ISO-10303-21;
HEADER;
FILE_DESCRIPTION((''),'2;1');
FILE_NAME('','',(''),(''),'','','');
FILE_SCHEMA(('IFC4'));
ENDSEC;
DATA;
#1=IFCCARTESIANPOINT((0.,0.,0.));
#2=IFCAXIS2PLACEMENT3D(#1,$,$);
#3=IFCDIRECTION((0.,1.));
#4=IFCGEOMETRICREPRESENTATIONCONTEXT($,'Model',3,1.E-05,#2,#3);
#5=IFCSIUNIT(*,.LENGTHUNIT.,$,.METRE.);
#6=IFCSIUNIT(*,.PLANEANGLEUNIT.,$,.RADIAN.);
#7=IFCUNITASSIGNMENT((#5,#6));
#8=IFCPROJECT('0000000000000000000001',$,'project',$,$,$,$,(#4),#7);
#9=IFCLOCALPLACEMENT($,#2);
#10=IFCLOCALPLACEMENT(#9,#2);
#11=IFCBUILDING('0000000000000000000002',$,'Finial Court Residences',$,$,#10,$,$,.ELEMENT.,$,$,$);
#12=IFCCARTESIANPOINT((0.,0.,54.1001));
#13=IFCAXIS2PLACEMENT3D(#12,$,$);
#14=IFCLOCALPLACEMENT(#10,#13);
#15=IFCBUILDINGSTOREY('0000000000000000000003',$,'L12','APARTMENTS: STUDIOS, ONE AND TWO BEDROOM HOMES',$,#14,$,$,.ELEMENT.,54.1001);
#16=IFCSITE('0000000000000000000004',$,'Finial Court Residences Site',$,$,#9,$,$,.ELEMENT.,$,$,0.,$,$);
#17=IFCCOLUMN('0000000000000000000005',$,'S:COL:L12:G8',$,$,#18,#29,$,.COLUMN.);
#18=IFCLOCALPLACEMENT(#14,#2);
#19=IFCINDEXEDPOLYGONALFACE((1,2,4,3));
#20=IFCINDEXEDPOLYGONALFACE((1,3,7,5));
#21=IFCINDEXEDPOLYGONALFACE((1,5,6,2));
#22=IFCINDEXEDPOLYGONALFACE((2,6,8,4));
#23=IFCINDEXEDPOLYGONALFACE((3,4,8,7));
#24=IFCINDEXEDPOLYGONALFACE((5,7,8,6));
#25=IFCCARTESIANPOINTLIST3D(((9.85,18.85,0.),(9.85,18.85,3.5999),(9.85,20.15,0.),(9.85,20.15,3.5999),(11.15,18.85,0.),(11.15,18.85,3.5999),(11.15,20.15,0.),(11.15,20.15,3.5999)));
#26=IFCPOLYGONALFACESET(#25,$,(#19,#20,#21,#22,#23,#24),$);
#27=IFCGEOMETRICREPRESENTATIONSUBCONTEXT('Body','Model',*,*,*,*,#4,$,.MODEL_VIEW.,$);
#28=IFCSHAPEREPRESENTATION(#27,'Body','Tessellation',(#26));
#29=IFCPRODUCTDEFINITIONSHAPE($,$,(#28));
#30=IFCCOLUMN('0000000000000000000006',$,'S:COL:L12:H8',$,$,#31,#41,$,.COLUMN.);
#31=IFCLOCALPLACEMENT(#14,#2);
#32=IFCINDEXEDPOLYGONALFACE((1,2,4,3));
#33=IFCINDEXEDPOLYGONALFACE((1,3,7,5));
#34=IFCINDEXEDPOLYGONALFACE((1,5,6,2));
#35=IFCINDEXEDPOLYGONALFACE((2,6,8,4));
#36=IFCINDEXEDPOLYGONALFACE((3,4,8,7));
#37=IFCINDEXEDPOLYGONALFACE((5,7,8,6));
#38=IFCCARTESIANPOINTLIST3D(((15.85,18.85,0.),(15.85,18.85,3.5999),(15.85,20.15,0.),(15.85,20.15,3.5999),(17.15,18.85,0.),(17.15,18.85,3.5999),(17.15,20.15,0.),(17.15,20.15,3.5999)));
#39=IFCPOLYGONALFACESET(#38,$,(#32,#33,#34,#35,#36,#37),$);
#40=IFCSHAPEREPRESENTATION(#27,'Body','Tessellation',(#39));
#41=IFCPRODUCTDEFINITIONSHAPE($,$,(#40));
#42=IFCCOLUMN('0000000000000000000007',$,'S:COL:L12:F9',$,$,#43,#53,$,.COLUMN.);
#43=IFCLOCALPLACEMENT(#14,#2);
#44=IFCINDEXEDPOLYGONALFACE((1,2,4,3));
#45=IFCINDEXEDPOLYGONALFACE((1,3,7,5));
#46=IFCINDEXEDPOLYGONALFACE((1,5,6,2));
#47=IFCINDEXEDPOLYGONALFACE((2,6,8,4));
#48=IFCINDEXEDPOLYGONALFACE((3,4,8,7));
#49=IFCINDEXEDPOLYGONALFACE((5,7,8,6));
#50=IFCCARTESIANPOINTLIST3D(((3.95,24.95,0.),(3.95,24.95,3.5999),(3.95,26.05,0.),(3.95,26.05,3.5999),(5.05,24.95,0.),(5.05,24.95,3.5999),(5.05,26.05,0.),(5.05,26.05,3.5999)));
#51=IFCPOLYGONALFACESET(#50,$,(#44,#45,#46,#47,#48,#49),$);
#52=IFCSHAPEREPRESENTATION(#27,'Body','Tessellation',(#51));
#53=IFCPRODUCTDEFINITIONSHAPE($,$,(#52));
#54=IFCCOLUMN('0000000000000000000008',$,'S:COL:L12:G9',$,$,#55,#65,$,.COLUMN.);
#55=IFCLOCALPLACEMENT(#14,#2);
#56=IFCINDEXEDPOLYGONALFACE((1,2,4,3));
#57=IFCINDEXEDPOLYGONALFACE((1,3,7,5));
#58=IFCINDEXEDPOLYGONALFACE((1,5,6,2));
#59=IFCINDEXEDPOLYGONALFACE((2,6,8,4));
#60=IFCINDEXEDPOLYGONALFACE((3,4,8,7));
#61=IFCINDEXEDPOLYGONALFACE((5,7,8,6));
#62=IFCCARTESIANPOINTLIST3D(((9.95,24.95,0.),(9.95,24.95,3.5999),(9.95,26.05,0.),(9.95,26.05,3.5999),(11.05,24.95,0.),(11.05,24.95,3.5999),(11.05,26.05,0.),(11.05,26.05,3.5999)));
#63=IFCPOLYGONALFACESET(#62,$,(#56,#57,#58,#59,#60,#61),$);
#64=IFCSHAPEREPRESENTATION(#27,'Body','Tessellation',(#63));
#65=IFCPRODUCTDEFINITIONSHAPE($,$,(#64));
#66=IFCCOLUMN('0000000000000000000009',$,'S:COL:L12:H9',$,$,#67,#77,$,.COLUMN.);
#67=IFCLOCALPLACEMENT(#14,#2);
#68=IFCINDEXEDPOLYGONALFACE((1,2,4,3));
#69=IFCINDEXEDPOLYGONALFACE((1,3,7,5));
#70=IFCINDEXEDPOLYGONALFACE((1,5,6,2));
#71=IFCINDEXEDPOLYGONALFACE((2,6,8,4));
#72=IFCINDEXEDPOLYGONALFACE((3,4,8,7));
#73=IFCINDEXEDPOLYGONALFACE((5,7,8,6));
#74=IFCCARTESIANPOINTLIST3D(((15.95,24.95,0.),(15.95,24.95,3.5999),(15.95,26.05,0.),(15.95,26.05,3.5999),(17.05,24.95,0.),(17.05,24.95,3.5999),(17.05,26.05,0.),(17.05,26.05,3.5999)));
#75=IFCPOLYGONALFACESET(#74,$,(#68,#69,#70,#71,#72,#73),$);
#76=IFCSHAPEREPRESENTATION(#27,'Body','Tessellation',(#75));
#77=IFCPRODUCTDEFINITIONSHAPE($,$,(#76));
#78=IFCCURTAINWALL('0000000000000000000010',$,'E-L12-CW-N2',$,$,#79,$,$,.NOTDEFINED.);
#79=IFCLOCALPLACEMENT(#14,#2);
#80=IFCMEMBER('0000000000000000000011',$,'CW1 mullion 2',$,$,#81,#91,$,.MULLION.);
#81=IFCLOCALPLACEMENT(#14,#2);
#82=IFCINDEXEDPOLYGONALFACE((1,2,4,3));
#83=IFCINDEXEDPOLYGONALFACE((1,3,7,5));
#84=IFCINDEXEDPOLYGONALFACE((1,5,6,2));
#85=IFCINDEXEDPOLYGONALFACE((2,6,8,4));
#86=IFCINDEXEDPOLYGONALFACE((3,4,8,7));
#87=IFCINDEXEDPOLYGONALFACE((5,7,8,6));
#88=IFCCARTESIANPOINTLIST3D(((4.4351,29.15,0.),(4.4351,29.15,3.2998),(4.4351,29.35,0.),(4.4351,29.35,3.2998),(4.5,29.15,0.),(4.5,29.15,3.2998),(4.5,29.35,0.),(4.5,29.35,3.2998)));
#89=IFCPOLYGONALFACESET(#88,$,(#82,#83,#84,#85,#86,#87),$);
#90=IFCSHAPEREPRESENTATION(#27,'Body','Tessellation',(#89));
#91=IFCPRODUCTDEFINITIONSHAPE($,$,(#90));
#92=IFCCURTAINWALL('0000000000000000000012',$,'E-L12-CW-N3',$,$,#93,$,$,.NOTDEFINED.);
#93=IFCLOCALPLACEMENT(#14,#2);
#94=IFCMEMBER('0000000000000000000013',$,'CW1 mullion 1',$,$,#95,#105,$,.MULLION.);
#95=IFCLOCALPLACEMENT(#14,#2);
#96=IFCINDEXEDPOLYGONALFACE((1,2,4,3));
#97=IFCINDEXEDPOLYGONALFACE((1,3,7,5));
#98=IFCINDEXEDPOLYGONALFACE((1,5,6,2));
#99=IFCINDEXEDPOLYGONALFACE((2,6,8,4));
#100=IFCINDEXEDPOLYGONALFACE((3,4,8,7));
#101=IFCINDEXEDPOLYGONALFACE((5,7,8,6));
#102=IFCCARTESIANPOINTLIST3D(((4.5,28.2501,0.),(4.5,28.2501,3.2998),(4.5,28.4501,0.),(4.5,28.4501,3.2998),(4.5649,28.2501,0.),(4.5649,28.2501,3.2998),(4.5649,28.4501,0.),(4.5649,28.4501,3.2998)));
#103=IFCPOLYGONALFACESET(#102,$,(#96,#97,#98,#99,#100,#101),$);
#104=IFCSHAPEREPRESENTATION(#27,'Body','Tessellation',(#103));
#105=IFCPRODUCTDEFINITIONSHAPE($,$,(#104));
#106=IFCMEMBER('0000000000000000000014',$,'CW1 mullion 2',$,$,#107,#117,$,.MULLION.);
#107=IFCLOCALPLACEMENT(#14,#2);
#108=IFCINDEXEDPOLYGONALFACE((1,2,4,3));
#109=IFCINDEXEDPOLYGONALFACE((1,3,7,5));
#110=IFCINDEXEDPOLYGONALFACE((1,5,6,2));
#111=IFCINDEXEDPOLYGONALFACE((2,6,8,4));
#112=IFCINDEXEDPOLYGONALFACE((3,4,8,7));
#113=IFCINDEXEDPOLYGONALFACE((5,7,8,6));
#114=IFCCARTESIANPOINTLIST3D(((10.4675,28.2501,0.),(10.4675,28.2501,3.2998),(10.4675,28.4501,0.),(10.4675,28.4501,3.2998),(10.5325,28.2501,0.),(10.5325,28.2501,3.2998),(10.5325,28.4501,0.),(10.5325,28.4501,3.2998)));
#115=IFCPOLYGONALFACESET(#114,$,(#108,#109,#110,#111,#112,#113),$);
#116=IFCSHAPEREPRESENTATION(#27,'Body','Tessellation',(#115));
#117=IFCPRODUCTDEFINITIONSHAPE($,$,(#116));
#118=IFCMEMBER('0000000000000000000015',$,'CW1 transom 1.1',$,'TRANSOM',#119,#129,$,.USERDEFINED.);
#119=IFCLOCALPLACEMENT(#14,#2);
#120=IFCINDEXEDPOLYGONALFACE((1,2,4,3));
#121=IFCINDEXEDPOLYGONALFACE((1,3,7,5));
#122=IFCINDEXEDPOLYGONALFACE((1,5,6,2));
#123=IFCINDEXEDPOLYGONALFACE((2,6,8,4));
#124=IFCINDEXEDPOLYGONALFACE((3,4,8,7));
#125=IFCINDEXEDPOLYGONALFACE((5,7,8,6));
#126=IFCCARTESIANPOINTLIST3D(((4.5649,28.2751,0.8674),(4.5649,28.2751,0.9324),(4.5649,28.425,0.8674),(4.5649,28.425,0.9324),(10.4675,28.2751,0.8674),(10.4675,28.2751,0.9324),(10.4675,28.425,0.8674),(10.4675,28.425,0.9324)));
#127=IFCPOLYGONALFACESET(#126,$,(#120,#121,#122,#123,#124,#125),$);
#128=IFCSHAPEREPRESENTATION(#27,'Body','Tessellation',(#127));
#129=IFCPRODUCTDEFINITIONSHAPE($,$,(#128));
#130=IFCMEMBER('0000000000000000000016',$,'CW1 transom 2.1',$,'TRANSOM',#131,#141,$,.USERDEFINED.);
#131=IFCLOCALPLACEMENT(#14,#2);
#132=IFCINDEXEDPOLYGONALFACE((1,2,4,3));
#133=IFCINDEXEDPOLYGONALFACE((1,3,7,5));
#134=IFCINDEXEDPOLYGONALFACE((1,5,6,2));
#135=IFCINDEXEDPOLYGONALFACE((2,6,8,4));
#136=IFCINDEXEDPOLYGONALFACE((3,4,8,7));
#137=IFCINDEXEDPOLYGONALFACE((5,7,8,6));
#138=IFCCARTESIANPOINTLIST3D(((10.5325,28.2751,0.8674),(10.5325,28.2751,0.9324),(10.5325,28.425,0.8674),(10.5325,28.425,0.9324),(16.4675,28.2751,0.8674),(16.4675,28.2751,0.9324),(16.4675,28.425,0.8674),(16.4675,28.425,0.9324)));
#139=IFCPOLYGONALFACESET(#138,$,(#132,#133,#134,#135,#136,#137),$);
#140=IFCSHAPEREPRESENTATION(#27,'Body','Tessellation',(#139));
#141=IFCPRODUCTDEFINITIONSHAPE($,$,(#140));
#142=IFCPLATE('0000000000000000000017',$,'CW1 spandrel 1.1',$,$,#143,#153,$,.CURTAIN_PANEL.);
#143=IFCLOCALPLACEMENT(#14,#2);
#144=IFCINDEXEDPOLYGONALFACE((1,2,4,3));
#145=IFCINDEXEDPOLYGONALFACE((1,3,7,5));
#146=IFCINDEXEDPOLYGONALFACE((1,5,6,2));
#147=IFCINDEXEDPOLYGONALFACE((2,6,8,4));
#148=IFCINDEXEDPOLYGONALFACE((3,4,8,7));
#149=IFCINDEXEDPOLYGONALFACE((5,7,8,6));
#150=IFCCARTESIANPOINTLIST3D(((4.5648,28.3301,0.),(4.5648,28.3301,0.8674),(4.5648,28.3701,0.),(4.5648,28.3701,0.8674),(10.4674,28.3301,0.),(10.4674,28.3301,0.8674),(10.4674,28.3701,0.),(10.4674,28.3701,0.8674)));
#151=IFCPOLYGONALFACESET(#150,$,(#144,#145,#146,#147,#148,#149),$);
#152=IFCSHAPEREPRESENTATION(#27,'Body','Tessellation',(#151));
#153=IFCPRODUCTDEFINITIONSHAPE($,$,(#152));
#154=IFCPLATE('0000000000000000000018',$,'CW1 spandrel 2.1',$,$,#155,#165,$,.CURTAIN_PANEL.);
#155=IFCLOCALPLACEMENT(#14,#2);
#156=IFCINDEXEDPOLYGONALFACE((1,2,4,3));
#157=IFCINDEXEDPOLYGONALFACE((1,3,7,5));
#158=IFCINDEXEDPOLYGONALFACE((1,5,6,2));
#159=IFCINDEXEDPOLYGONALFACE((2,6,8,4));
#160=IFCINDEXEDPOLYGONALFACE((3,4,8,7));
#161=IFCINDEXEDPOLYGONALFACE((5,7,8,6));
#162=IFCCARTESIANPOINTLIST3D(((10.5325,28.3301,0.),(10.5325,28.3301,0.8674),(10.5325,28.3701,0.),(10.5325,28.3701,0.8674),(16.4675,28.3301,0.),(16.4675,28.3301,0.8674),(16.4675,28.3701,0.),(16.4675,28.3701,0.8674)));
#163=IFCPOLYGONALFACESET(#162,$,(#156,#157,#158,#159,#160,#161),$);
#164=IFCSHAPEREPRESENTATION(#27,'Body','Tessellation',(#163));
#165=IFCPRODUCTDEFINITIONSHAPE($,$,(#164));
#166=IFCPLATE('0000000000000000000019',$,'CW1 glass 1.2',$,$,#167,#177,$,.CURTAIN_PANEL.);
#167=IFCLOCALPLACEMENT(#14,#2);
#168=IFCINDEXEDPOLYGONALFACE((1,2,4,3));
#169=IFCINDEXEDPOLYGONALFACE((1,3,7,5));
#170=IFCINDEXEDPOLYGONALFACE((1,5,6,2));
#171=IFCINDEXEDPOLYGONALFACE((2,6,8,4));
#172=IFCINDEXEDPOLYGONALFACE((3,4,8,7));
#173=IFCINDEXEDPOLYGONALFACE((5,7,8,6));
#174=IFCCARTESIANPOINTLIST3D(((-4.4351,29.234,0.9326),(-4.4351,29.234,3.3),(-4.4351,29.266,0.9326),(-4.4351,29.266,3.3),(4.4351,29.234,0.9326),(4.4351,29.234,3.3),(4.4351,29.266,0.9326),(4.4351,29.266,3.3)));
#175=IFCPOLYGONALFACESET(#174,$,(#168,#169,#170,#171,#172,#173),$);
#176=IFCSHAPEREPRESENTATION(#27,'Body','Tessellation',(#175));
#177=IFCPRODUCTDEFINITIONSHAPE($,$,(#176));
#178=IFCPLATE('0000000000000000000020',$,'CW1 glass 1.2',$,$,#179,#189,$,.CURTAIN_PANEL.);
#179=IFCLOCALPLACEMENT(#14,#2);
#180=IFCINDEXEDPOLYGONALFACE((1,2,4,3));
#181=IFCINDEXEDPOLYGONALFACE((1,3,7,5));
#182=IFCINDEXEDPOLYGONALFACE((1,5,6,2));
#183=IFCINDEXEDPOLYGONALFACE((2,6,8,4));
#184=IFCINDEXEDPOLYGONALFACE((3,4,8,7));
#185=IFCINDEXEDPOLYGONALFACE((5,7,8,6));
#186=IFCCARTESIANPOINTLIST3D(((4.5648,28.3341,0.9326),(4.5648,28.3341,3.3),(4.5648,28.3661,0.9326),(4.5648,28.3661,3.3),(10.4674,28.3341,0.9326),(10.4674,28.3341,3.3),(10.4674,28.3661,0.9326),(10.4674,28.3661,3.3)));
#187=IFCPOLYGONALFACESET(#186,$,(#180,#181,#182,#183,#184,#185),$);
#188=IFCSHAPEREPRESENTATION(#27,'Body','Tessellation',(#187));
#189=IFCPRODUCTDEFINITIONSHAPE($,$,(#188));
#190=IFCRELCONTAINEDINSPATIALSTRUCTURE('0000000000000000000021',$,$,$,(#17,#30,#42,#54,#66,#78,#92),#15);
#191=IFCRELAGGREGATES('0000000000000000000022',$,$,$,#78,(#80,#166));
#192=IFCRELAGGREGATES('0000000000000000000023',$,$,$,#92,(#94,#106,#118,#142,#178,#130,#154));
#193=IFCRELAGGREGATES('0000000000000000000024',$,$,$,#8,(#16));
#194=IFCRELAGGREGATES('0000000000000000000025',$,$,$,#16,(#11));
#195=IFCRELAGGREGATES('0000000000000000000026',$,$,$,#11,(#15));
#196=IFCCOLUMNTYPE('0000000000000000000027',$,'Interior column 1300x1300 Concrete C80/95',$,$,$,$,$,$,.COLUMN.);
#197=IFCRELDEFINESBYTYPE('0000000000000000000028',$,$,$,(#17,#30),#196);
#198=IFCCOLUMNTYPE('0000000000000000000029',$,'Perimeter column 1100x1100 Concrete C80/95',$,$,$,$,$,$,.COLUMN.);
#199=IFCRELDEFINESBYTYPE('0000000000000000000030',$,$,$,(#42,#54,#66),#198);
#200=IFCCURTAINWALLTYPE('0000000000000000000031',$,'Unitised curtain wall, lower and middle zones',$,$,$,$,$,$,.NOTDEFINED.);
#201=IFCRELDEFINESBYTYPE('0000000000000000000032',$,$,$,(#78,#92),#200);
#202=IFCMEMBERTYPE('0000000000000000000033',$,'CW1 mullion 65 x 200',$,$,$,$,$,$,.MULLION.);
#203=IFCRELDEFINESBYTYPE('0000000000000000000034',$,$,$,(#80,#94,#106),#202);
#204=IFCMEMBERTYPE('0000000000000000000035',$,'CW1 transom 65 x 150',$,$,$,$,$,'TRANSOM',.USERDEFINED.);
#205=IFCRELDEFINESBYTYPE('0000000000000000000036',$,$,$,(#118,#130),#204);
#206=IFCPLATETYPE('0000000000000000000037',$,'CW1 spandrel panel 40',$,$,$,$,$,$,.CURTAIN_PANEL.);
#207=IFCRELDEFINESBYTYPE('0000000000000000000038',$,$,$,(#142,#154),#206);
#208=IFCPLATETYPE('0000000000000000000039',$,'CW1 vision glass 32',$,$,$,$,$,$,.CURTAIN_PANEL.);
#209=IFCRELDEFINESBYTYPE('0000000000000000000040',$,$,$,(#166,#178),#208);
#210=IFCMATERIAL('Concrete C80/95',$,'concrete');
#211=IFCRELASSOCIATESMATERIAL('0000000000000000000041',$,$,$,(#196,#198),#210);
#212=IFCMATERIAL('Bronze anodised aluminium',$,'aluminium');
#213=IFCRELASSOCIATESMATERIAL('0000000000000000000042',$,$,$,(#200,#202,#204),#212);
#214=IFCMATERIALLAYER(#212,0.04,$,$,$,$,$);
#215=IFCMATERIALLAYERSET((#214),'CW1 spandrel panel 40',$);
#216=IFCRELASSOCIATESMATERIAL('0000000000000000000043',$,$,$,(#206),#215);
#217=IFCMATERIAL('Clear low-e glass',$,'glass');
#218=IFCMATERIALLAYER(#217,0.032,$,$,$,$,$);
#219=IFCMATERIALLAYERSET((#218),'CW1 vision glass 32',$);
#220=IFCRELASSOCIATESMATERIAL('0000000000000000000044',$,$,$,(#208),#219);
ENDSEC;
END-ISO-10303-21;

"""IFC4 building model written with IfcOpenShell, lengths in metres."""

from ifc_helpers import new_model, si_unit, direction, frame, origin, origin_2d, place, context, subcontext, project, spatial, rectangle, extrude, material, layer, layer_set, material_profile, profile_set, type_object, element, aggregate, save


model = new_model("IFC4")

# Units and contexts
model_context = context("Model", 3, precision=1e-05, world=origin(), true_north=direction((0.0, 1.0)))
body_context = subcontext(model_context, "Body", "Model", "MODEL_VIEW")
ifc_project = project(units=[si_unit("LENGTHUNIT", "METRE"), si_unit("PLANEANGLEUNIT", "RADIAN")], contexts=[model_context])

# Site, building, storey
site_placement = place(None, origin())
site = spatial("IfcSite", under=ifc_project, at=site_placement, Name="Finial Court Residences Site", CompositionType="ELEMENT", RefElevation=0.0)
building_placement = place(site_placement, origin())
building = spatial("IfcBuilding", under=site, at=building_placement, Name="Finial Court Residences", CompositionType="ELEMENT")
storey_placement = place(building_placement, frame((0.0, 0.0, 54.1001)))
storey = spatial("IfcBuildingStorey", under=building, at=storey_placement, Name="L12", Description="APARTMENTS: STUDIOS, ONE AND TWO BEDROOM HOMES", CompositionType="ELEMENT", Elevation=54.1001)

# Columns
ifc_material_1 = material(Name="Concrete C80/95", Category="concrete")
ifc_material_profile_1 = material_profile(ifc_material_1, rectangle(XDim=1.3, YDim=1.3, at=origin_2d()), Name="1300x1300")
ifc_profile_set_1 = profile_set([ifc_material_profile_1], Name="Concrete C80/95")
column_type_1 = type_object("IfcColumnType", Name="Interior column 1300x1300 Concrete C80/95", PredefinedType="COLUMN", material=ifc_profile_set_1)
for number, where, z_axis, x_axis, name in (
    (1, (10.5, 19.5, 0.0), (0.0, 0.0, 1.0), (1.0, 0.0, 0.0), "S:COL:L12:G8"),
    (2, (16.5, 19.5, 0.0), (0.0, 0.0, 1.0), (1.0, 0.0, 0.0), "S:COL:L12:H8"),
):
    element("IfcColumn", number, at=place(storey_placement, frame(where, z_axis=z_axis, x_axis=x_axis)), inside=storey, type_object=column_type_1, Name=name, PredefinedType="COLUMN", context=body_context, shape_type="SweptSolid", body=[
        extrude(rectangle(XDim=1.3, YDim=1.3, at=origin_2d()), origin(), (0.0, 0.0, 1.0), 3.5999),
    ])
ifc_material_profile_2 = material_profile(ifc_material_1, rectangle(XDim=1.1001, YDim=1.1001, at=origin_2d()), Name="1100x1100")
ifc_profile_set_2 = profile_set([ifc_material_profile_2], Name="Concrete C80/95")
column_type_2 = type_object("IfcColumnType", Name="Perimeter column 1100x1100 Concrete C80/95", PredefinedType="COLUMN", material=ifc_profile_set_2)
for number, where, z_axis, x_axis, name in (
    (3, (4.5, 25.5, 0.0), (0.0, 0.0, 1.0), (1.0, 0.0, 0.0), "S:COL:L12:F9"),
    (4, (10.5, 25.5, 0.0), (0.0, 0.0, 1.0), (1.0, 0.0, 0.0), "S:COL:L12:G9"),
    (5, (16.5, 25.5, 0.0), (0.0, 0.0, 1.0), (1.0, 0.0, 0.0), "S:COL:L12:H9"),
):
    element("IfcColumn", number, at=place(storey_placement, frame(where, z_axis=z_axis, x_axis=x_axis)), inside=storey, type_object=column_type_2, Name=name, PredefinedType="COLUMN", context=body_context, shape_type="SweptSolid", body=[
        extrude(rectangle(XDim=1.1001, YDim=1.1001, at=origin_2d()), origin(), (0.0, 0.0, 1.0), 3.5999),
    ])

# Curtain wall, member
ifc_material_2 = material(Name="Bronze anodised aluminium", Category="aluminium")
curtain_wall_type = type_object("IfcCurtainWallType", Name="Unitised curtain wall, lower and middle zones", PredefinedType="NOTDEFINED", material=ifc_material_2)
curtain_wall_1_placement = place(storey_placement, origin())
curtain_wall_1 = element("IfcCurtainWall", 6, at=curtain_wall_1_placement, inside=storey, type_object=curtain_wall_type, Name="E-L12-CW-N2", PredefinedType="NOTDEFINED")
ifc_material_profile_3 = material_profile(ifc_material_2, rectangle(XDim=0.2, YDim=0.0649, at=origin_2d()), Name="CW1 mullion 65 x 200")
ifc_profile_set_3 = profile_set([ifc_material_profile_3], Name="Bronze anodised aluminium")
member_type_1 = type_object("IfcMemberType", Name="CW1 mullion 65 x 200", PredefinedType="MULLION", material=ifc_profile_set_3)
member_1_placement = place(storey_placement, frame((4.4675, 29.25, 0.0), z_axis=(0.0, 0.0, 1.0), x_axis=(0.0, 1.0, 0.0)))
member_1 = element("IfcMember", 7, at=member_1_placement, type_object=member_type_1, Name="CW1 mullion 2", PredefinedType="MULLION", context=body_context, shape_type="SweptSolid", body=[
    extrude(rectangle(XDim=0.2, YDim=0.0649, at=origin_2d()), origin(), (0.0, 0.0, 1.0), 3.2998),
])

# Curtain wall, members, plates
curtain_wall_2_placement = place(storey_placement, origin())
curtain_wall_2 = element("IfcCurtainWall", 8, at=curtain_wall_2_placement, inside=storey, type_object=curtain_wall_type, Name="E-L12-CW-N3", PredefinedType="NOTDEFINED")
member_2_placement = place(storey_placement, frame((4.5325, 28.3501, 0.0), z_axis=(0.0, 0.0, 1.0), x_axis=(0.0, 1.0, 0.0)))
member_2 = element("IfcMember", 9, at=member_2_placement, type_object=member_type_1, Name="CW1 mullion 1", PredefinedType="MULLION", context=body_context, shape_type="SweptSolid", body=[
    extrude(rectangle(XDim=0.2, YDim=0.0649, at=origin_2d()), origin(), (0.0, 0.0, 1.0), 3.2998),
])
member_3_placement = place(storey_placement, frame((10.5, 28.3501, 0.0), z_axis=(0.0, 0.0, 1.0), x_axis=(0.0, 1.0, 0.0)))
member_3 = element("IfcMember", 10, at=member_3_placement, type_object=member_type_1, Name="CW1 mullion 2", PredefinedType="MULLION", context=body_context, shape_type="SweptSolid", body=[
    extrude(rectangle(XDim=0.2, YDim=0.0649, at=origin_2d()), origin(), (0.0, 0.0, 1.0), 3.2998),
])
ifc_material_profile_4 = material_profile(ifc_material_2, rectangle(XDim=0.1499, YDim=0.0649, at=origin_2d()), Name="CW1 transom 65 x 150")
ifc_profile_set_4 = profile_set([ifc_material_profile_4], Name="Bronze anodised aluminium")
member_type_2 = type_object("IfcMemberType", Name="CW1 transom 65 x 150", ElementType="TRANSOM", PredefinedType="USERDEFINED", material=ifc_profile_set_4)
member_4_placement = place(storey_placement, frame((4.5649, 28.3501, 0.8999), z_axis=(1.0, 0.0, 0.0), x_axis=(0.0, 1.0, 0.0)))
member_4 = element("IfcMember", 11, at=member_4_placement, type_object=member_type_2, Name="CW1 transom 1.1", ObjectType="TRANSOM", PredefinedType="USERDEFINED", context=body_context, shape_type="SweptSolid", body=[
    extrude(rectangle(XDim=0.1499, YDim=0.0649, at=origin_2d()), origin(), (0.0, 0.0, 1.0), 5.9026),
])
member_5_placement = place(storey_placement, frame((10.5325, 28.3501, 0.8999), z_axis=(1.0, 0.0, 0.0), x_axis=(0.0, 1.0, 0.0)))
member_5 = element("IfcMember", 12, at=member_5_placement, type_object=member_type_2, Name="CW1 transom 2.1", ObjectType="TRANSOM", PredefinedType="USERDEFINED", context=body_context, shape_type="SweptSolid", body=[
    extrude(rectangle(XDim=0.1499, YDim=0.0649, at=origin_2d()), origin(), (0.0, 0.0, 1.0), 5.9351),
])
ifc_layer_1 = layer(ifc_material_2, 0.04)
ifc_layer_set_1 = layer_set([ifc_layer_1], Name="CW1 spandrel panel 40")
plate_type_1 = type_object("IfcPlateType", Name="CW1 spandrel panel 40", PredefinedType="CURTAIN_PANEL", material=ifc_layer_set_1)
plate_1_placement = place(storey_placement, frame((7.5161, 28.3501, 0.0), z_axis=(0.0, 0.0, 1.0), x_axis=(1.0, 0.0, 0.0)))
plate_1 = element("IfcPlate", 13, at=plate_1_placement, type_object=plate_type_1, Name="CW1 spandrel 1.1", PredefinedType="CURTAIN_PANEL", context=body_context, shape_type="SweptSolid", body=[
    extrude(rectangle(XDim=5.9026, YDim=0.04, at=origin_2d()), origin(), (0.0, 0.0, 1.0), 0.8674),
])
plate_2_placement = place(storey_placement, frame((13.5, 28.3501, 0.0), z_axis=(0.0, 0.0, 1.0), x_axis=(1.0, 0.0, 0.0)))
plate_2 = element("IfcPlate", 14, at=plate_2_placement, type_object=plate_type_1, Name="CW1 spandrel 2.1", PredefinedType="CURTAIN_PANEL", context=body_context, shape_type="SweptSolid", body=[
    extrude(rectangle(XDim=5.9351, YDim=0.04, at=origin_2d()), origin(), (0.0, 0.0, 1.0), 0.8674),
])

# Plates
ifc_material_3 = material(Name="Clear low-e glass", Category="glass")
ifc_layer_2 = layer(ifc_material_3, 0.032)
ifc_layer_set_2 = layer_set([ifc_layer_2], Name="CW1 vision glass 32")
plate_type_2 = type_object("IfcPlateType", Name="CW1 vision glass 32", PredefinedType="CURTAIN_PANEL", material=ifc_layer_set_2)
plate_3_placement = place(storey_placement, frame((0.0, 29.25, 0.9326), z_axis=(0.0, 0.0, 1.0), x_axis=(1.0, 0.0, 0.0)))
plate_3 = element("IfcPlate", 15, at=plate_3_placement, type_object=plate_type_2, Name="CW1 glass 1.2", PredefinedType="CURTAIN_PANEL", context=body_context, shape_type="SweptSolid", body=[
    extrude(rectangle(XDim=8.8701, YDim=0.032, at=origin_2d()), origin(), (0.0, 0.0, 1.0), 2.3674),
])
aggregate(curtain_wall_1, [member_1, plate_3])
plate_4_placement = place(storey_placement, frame((7.5161, 28.3501, 0.9326), z_axis=(0.0, 0.0, 1.0), x_axis=(1.0, 0.0, 0.0)))
plate_4 = element("IfcPlate", 16, at=plate_4_placement, type_object=plate_type_2, Name="CW1 glass 1.2", PredefinedType="CURTAIN_PANEL", context=body_context, shape_type="SweptSolid", body=[
    extrude(rectangle(XDim=5.9026, YDim=0.032, at=origin_2d()), origin(), (0.0, 0.0, 1.0), 2.3674),
])
aggregate(curtain_wall_2, [member_2, member_3, member_4, plate_1, plate_4, member_5, plate_2])

save(model, "model.ifc")
